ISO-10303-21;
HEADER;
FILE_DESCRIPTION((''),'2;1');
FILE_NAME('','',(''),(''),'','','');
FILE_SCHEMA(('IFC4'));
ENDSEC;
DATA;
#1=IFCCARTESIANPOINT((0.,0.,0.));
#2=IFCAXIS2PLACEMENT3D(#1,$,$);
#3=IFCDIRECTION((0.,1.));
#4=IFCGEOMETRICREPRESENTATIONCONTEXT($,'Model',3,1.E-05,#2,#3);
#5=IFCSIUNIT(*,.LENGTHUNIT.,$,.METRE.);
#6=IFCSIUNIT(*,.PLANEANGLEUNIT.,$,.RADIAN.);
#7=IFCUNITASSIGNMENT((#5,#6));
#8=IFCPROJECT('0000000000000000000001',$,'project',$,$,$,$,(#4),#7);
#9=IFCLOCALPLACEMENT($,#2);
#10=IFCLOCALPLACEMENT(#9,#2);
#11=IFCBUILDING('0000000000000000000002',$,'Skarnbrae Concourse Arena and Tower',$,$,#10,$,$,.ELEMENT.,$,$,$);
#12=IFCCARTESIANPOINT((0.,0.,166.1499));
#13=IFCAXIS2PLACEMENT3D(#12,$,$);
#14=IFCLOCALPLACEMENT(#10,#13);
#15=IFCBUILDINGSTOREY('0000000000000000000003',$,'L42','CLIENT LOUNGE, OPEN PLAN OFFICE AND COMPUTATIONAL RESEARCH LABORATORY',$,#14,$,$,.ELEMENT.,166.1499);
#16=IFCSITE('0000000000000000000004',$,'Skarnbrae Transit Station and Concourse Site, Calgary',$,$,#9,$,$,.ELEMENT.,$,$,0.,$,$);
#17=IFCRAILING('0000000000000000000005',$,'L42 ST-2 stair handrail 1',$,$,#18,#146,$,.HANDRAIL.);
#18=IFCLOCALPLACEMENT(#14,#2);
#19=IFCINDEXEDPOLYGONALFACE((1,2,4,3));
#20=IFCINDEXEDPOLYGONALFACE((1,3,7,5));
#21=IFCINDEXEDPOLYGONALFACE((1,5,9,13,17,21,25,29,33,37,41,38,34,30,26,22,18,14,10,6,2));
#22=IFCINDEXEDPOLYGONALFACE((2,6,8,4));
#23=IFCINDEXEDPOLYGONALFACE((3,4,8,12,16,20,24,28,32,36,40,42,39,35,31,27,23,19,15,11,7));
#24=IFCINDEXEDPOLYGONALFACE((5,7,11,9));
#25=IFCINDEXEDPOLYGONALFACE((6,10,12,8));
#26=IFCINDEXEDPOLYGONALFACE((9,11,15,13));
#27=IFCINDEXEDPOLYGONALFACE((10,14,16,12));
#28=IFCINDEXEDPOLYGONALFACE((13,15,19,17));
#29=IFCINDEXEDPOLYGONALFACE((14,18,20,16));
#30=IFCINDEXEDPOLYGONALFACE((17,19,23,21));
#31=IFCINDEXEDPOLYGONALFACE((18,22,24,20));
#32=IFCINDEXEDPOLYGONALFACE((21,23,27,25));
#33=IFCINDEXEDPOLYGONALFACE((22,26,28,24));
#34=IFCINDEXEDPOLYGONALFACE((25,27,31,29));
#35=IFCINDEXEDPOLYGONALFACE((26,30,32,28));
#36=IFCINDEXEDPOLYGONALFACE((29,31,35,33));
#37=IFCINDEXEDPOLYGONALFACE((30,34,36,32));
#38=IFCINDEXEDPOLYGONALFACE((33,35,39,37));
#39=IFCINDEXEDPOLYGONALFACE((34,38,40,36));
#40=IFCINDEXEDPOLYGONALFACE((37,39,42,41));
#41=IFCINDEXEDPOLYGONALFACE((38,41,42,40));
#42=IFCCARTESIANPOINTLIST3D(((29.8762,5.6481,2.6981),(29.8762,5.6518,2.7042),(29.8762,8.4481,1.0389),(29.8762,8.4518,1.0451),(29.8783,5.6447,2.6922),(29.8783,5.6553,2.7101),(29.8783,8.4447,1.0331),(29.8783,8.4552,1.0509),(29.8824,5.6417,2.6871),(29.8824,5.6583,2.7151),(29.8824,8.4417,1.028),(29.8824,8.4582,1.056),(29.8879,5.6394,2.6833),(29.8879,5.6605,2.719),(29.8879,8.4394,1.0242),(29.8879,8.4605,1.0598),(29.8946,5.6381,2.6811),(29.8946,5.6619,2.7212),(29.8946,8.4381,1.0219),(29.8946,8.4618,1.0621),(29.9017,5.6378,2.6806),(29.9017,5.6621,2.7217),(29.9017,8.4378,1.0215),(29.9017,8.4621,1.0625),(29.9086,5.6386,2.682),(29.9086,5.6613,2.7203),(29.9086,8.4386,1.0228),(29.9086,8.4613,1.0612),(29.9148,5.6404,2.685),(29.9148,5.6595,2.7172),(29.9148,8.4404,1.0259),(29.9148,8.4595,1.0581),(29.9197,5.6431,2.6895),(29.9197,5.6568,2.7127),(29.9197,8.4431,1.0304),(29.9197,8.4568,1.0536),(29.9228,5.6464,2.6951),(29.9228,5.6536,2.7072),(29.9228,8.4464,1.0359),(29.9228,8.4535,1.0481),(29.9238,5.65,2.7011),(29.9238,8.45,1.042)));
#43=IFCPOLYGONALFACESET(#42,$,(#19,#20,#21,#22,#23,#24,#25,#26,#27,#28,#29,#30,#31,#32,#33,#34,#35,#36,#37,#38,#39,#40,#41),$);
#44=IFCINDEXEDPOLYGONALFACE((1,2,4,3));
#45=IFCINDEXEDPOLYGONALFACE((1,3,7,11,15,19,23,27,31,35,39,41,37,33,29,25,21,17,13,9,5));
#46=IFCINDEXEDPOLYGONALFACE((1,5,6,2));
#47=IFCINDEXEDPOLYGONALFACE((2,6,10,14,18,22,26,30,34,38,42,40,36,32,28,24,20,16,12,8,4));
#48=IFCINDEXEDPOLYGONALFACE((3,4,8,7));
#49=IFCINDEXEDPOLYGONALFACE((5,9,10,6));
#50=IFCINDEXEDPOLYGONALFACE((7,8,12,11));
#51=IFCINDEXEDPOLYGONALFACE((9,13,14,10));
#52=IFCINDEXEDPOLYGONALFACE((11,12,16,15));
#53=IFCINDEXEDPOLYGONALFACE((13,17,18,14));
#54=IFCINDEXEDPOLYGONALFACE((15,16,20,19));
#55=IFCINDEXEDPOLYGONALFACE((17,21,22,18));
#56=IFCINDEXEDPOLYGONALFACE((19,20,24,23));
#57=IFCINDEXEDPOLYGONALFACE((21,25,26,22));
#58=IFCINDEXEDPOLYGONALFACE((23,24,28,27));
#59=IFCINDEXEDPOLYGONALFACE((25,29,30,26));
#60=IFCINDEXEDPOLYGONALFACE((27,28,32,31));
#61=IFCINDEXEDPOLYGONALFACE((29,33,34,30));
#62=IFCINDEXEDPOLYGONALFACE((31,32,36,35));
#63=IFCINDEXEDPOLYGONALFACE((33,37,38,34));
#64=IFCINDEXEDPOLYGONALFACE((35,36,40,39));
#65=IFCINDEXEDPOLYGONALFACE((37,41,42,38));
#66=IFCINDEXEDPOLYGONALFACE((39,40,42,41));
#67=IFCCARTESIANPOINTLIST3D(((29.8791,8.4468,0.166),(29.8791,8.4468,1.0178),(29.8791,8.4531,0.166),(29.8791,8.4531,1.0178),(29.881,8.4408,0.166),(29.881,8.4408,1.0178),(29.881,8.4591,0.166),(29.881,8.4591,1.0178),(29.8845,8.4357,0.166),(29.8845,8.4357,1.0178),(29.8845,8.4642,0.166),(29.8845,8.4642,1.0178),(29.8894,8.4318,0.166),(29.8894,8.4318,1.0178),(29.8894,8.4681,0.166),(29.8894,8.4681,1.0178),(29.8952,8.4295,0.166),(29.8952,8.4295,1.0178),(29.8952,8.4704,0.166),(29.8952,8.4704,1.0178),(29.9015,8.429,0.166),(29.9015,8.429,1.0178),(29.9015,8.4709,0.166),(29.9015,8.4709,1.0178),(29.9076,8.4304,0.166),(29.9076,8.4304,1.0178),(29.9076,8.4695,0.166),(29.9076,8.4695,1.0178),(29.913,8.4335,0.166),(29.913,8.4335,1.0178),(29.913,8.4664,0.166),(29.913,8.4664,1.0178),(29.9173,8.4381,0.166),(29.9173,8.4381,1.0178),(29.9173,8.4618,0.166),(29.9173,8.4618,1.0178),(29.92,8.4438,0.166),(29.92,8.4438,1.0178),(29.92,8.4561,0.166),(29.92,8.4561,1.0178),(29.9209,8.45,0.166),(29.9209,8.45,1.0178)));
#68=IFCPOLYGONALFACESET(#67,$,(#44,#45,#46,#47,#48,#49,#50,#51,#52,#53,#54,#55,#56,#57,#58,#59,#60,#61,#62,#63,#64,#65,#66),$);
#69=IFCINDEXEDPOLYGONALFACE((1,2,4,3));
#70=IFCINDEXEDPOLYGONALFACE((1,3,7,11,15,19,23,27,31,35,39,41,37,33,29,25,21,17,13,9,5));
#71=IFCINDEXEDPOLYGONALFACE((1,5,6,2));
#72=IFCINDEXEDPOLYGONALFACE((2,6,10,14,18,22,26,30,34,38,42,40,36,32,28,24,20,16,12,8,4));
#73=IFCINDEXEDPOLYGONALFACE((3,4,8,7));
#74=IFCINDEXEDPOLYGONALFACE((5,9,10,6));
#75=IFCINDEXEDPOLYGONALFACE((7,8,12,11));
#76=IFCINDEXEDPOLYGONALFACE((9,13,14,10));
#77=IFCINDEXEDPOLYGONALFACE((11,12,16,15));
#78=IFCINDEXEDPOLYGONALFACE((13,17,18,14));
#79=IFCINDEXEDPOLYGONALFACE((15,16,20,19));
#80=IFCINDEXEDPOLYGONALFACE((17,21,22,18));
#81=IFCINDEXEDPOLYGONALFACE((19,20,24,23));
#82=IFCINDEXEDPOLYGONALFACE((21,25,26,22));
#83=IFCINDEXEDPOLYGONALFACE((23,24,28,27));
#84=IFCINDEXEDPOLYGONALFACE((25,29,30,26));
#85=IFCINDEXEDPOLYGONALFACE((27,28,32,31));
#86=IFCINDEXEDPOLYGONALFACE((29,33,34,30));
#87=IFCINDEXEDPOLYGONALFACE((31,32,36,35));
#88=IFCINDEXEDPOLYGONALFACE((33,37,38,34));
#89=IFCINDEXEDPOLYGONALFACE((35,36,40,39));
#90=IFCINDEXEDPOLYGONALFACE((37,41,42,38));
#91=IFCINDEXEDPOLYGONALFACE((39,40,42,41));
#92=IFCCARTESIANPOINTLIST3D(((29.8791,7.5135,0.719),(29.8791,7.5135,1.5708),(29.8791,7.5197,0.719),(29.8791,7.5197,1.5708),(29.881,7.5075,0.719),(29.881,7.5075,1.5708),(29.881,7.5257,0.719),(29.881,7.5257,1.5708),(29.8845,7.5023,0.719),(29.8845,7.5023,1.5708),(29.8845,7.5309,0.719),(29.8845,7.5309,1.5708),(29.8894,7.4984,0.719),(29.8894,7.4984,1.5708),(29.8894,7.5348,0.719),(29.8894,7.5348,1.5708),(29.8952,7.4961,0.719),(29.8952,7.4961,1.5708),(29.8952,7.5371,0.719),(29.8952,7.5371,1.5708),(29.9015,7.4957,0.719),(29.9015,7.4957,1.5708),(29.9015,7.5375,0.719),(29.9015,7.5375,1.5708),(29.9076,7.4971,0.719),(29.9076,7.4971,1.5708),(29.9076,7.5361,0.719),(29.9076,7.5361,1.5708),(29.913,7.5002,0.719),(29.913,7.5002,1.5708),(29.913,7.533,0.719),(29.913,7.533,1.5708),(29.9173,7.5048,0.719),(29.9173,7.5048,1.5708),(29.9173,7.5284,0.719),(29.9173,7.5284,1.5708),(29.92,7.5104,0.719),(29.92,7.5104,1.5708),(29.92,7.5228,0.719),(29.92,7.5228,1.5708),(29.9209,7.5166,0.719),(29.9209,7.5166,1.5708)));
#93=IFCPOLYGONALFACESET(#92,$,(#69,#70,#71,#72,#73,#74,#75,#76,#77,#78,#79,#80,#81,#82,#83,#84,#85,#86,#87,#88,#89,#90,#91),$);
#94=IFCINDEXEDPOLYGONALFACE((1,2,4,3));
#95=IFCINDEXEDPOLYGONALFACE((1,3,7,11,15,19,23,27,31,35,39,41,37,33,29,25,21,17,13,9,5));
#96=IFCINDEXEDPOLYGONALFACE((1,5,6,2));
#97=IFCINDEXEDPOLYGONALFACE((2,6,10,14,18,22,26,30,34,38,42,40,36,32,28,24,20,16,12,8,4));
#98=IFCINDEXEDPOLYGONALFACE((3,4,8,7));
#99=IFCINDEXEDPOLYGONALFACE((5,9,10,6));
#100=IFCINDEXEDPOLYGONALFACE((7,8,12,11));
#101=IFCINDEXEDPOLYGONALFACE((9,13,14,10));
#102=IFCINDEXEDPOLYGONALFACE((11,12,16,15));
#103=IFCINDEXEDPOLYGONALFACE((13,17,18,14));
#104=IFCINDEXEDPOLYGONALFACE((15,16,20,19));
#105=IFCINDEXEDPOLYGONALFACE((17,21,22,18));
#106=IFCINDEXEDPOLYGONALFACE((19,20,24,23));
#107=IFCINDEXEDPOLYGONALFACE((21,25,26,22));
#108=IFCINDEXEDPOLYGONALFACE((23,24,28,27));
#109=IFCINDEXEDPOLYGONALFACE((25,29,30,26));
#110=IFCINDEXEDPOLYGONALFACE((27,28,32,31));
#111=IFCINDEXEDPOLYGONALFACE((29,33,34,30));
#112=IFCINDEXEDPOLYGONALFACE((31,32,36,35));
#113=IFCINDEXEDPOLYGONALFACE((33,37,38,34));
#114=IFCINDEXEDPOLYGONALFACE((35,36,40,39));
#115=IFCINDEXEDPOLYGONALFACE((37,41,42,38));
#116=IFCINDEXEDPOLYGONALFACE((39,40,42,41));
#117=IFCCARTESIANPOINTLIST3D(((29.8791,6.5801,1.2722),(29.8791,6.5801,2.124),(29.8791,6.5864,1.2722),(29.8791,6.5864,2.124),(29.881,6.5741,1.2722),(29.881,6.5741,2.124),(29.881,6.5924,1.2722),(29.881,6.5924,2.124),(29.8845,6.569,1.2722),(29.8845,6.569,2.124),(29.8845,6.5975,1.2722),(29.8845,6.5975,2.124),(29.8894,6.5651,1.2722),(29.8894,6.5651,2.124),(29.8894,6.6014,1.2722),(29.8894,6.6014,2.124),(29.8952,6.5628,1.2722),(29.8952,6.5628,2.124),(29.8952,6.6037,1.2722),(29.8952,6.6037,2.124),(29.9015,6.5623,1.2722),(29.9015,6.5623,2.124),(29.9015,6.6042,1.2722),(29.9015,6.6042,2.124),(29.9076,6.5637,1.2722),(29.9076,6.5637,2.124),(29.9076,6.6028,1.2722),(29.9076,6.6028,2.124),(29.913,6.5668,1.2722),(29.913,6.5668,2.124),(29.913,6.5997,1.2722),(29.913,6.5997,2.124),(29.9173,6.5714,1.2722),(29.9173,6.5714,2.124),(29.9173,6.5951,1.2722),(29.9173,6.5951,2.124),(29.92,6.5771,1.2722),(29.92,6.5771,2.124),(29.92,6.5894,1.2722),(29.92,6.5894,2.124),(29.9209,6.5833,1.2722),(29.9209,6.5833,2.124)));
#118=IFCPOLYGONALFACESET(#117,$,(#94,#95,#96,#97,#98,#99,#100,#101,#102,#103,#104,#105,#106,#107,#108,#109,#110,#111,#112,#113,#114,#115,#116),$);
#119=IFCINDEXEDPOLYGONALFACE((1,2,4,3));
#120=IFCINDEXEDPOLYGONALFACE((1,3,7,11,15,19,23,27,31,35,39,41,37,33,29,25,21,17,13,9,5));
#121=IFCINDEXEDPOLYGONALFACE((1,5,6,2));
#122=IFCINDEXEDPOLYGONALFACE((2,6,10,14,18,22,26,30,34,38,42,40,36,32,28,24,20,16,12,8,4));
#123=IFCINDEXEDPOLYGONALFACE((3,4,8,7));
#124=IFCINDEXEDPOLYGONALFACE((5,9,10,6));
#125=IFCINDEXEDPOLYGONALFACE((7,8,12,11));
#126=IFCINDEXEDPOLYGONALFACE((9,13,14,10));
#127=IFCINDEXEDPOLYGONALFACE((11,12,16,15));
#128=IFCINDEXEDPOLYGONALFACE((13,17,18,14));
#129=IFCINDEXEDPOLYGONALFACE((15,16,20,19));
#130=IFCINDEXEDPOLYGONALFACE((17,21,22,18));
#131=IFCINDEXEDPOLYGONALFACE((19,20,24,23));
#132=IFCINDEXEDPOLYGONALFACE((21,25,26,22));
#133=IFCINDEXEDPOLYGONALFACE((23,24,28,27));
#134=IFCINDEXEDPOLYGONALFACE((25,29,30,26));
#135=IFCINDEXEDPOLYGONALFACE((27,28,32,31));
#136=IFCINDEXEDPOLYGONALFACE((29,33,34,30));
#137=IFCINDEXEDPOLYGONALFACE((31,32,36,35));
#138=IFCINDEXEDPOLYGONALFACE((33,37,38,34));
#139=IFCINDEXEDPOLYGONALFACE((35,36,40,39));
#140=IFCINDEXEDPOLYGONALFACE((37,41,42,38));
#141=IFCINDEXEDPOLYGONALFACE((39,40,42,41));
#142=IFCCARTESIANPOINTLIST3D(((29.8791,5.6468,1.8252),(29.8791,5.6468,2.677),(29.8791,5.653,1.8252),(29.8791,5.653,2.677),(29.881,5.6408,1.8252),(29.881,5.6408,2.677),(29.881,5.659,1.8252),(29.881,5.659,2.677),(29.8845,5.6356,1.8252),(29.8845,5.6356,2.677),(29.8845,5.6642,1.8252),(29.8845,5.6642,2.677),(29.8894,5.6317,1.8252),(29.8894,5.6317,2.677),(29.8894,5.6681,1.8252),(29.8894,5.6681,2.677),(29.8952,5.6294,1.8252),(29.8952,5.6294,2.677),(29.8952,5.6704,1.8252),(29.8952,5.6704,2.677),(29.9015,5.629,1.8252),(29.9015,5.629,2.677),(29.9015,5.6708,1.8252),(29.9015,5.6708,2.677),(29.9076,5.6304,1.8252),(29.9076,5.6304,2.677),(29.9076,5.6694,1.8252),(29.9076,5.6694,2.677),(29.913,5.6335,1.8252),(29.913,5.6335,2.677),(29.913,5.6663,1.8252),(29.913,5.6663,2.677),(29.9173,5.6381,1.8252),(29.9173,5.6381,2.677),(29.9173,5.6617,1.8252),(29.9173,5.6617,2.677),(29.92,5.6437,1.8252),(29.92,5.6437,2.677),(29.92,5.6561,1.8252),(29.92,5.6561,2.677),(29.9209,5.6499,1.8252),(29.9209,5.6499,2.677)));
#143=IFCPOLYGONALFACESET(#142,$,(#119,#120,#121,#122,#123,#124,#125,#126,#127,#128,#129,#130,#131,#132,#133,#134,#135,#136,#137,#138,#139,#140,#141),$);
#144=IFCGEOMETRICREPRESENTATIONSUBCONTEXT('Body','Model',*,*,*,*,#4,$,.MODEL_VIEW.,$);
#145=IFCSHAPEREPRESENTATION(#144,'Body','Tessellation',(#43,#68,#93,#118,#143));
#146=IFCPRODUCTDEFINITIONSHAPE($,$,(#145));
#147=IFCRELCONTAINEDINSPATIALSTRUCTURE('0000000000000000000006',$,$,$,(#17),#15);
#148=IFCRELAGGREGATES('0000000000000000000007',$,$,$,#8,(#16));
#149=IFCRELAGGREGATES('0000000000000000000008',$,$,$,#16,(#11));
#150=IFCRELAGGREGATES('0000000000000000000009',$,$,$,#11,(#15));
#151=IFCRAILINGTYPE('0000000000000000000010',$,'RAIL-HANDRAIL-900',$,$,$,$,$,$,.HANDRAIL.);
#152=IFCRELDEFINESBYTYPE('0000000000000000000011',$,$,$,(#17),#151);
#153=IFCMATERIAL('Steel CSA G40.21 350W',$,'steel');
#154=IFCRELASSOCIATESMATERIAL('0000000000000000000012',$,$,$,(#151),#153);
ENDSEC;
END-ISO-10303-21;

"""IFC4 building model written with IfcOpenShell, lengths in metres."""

from ifc_helpers import new_model, si_unit, direction, frame, origin, origin_2d, place, context, subcontext, project, spatial, circle, extrude, material, type_object, element, save


model = new_model("IFC4")

# Units and contexts
model_context = context("Model", 3, precision=1e-05, world=origin(), true_north=direction((0.0, 1.0)))
body_context = subcontext(model_context, "Body", "Model", "MODEL_VIEW")
ifc_project = project(units=[si_unit("LENGTHUNIT", "METRE"), si_unit("PLANEANGLEUNIT", "RADIAN")], contexts=[model_context])

# Site, building, storey
site_placement = place(None, origin())
site = spatial("IfcSite", under=ifc_project, at=site_placement, Name="Skarnbrae Transit Station and Concourse Site, Calgary", CompositionType="ELEMENT", RefElevation=0.0)
building_placement = place(site_placement, origin())
building = spatial("IfcBuilding", under=site, at=building_placement, Name="Skarnbrae Concourse Arena and Tower", CompositionType="ELEMENT")
storey_placement = place(building_placement, frame((0.0, 0.0, 166.1499)))
storey = spatial("IfcBuildingStorey", under=building, at=storey_placement, Name="L42", Description="CLIENT LOUNGE, OPEN PLAN OFFICE AND COMPUTATIONAL RESEARCH LABORATORY", CompositionType="ELEMENT", Elevation=166.1499)

# Shared definitions
ifc_material_1 = material(Name="Steel CSA G40.21 350W", Category="steel")

# Railing
railing_type_1 = type_object("IfcRailingType", Name="RAIL-HANDRAIL-900", PredefinedType="HANDRAIL", material=ifc_material_1)
railing_1_placement = place(storey_placement, frame((29.8999, 8.45, 0.166)))
element("IfcRailing", 1, at=railing_1_placement, inside=storey, type_object=railing_type_1, Name="L42 ST-2 stair handrail 1", PredefinedType="HANDRAIL", context=body_context, shape_type="SweptSolid", body=[
    extrude(circle(Radius=0.0239, at=origin_2d()), frame((0.0, 0.0, 0.876), z_axis=(0.0, -0.860306, 0.509778), x_axis=(1.0, 0.0, 0.0)), (0.0, 0.0, 1.0), 3.2546),
    extrude(circle(Radius=0.021, at=origin_2d()), origin(), (0.0, 0.0, 1.0), 0.8518),
    extrude(circle(Radius=0.021, at=origin_2d()), frame((0.0, -0.9333, 0.553)), (0.0, 0.0, 1.0), 0.8518),
    extrude(circle(Radius=0.021, at=origin_2d()), frame((0.0, -1.8667, 1.1062)), (0.0, 0.0, 1.0), 0.8518),
    extrude(circle(Radius=0.021, at=origin_2d()), frame((0.0, -2.8, 1.6592)), (0.0, 0.0, 1.0), 0.8518),
])

save(model, "model.ifc")
